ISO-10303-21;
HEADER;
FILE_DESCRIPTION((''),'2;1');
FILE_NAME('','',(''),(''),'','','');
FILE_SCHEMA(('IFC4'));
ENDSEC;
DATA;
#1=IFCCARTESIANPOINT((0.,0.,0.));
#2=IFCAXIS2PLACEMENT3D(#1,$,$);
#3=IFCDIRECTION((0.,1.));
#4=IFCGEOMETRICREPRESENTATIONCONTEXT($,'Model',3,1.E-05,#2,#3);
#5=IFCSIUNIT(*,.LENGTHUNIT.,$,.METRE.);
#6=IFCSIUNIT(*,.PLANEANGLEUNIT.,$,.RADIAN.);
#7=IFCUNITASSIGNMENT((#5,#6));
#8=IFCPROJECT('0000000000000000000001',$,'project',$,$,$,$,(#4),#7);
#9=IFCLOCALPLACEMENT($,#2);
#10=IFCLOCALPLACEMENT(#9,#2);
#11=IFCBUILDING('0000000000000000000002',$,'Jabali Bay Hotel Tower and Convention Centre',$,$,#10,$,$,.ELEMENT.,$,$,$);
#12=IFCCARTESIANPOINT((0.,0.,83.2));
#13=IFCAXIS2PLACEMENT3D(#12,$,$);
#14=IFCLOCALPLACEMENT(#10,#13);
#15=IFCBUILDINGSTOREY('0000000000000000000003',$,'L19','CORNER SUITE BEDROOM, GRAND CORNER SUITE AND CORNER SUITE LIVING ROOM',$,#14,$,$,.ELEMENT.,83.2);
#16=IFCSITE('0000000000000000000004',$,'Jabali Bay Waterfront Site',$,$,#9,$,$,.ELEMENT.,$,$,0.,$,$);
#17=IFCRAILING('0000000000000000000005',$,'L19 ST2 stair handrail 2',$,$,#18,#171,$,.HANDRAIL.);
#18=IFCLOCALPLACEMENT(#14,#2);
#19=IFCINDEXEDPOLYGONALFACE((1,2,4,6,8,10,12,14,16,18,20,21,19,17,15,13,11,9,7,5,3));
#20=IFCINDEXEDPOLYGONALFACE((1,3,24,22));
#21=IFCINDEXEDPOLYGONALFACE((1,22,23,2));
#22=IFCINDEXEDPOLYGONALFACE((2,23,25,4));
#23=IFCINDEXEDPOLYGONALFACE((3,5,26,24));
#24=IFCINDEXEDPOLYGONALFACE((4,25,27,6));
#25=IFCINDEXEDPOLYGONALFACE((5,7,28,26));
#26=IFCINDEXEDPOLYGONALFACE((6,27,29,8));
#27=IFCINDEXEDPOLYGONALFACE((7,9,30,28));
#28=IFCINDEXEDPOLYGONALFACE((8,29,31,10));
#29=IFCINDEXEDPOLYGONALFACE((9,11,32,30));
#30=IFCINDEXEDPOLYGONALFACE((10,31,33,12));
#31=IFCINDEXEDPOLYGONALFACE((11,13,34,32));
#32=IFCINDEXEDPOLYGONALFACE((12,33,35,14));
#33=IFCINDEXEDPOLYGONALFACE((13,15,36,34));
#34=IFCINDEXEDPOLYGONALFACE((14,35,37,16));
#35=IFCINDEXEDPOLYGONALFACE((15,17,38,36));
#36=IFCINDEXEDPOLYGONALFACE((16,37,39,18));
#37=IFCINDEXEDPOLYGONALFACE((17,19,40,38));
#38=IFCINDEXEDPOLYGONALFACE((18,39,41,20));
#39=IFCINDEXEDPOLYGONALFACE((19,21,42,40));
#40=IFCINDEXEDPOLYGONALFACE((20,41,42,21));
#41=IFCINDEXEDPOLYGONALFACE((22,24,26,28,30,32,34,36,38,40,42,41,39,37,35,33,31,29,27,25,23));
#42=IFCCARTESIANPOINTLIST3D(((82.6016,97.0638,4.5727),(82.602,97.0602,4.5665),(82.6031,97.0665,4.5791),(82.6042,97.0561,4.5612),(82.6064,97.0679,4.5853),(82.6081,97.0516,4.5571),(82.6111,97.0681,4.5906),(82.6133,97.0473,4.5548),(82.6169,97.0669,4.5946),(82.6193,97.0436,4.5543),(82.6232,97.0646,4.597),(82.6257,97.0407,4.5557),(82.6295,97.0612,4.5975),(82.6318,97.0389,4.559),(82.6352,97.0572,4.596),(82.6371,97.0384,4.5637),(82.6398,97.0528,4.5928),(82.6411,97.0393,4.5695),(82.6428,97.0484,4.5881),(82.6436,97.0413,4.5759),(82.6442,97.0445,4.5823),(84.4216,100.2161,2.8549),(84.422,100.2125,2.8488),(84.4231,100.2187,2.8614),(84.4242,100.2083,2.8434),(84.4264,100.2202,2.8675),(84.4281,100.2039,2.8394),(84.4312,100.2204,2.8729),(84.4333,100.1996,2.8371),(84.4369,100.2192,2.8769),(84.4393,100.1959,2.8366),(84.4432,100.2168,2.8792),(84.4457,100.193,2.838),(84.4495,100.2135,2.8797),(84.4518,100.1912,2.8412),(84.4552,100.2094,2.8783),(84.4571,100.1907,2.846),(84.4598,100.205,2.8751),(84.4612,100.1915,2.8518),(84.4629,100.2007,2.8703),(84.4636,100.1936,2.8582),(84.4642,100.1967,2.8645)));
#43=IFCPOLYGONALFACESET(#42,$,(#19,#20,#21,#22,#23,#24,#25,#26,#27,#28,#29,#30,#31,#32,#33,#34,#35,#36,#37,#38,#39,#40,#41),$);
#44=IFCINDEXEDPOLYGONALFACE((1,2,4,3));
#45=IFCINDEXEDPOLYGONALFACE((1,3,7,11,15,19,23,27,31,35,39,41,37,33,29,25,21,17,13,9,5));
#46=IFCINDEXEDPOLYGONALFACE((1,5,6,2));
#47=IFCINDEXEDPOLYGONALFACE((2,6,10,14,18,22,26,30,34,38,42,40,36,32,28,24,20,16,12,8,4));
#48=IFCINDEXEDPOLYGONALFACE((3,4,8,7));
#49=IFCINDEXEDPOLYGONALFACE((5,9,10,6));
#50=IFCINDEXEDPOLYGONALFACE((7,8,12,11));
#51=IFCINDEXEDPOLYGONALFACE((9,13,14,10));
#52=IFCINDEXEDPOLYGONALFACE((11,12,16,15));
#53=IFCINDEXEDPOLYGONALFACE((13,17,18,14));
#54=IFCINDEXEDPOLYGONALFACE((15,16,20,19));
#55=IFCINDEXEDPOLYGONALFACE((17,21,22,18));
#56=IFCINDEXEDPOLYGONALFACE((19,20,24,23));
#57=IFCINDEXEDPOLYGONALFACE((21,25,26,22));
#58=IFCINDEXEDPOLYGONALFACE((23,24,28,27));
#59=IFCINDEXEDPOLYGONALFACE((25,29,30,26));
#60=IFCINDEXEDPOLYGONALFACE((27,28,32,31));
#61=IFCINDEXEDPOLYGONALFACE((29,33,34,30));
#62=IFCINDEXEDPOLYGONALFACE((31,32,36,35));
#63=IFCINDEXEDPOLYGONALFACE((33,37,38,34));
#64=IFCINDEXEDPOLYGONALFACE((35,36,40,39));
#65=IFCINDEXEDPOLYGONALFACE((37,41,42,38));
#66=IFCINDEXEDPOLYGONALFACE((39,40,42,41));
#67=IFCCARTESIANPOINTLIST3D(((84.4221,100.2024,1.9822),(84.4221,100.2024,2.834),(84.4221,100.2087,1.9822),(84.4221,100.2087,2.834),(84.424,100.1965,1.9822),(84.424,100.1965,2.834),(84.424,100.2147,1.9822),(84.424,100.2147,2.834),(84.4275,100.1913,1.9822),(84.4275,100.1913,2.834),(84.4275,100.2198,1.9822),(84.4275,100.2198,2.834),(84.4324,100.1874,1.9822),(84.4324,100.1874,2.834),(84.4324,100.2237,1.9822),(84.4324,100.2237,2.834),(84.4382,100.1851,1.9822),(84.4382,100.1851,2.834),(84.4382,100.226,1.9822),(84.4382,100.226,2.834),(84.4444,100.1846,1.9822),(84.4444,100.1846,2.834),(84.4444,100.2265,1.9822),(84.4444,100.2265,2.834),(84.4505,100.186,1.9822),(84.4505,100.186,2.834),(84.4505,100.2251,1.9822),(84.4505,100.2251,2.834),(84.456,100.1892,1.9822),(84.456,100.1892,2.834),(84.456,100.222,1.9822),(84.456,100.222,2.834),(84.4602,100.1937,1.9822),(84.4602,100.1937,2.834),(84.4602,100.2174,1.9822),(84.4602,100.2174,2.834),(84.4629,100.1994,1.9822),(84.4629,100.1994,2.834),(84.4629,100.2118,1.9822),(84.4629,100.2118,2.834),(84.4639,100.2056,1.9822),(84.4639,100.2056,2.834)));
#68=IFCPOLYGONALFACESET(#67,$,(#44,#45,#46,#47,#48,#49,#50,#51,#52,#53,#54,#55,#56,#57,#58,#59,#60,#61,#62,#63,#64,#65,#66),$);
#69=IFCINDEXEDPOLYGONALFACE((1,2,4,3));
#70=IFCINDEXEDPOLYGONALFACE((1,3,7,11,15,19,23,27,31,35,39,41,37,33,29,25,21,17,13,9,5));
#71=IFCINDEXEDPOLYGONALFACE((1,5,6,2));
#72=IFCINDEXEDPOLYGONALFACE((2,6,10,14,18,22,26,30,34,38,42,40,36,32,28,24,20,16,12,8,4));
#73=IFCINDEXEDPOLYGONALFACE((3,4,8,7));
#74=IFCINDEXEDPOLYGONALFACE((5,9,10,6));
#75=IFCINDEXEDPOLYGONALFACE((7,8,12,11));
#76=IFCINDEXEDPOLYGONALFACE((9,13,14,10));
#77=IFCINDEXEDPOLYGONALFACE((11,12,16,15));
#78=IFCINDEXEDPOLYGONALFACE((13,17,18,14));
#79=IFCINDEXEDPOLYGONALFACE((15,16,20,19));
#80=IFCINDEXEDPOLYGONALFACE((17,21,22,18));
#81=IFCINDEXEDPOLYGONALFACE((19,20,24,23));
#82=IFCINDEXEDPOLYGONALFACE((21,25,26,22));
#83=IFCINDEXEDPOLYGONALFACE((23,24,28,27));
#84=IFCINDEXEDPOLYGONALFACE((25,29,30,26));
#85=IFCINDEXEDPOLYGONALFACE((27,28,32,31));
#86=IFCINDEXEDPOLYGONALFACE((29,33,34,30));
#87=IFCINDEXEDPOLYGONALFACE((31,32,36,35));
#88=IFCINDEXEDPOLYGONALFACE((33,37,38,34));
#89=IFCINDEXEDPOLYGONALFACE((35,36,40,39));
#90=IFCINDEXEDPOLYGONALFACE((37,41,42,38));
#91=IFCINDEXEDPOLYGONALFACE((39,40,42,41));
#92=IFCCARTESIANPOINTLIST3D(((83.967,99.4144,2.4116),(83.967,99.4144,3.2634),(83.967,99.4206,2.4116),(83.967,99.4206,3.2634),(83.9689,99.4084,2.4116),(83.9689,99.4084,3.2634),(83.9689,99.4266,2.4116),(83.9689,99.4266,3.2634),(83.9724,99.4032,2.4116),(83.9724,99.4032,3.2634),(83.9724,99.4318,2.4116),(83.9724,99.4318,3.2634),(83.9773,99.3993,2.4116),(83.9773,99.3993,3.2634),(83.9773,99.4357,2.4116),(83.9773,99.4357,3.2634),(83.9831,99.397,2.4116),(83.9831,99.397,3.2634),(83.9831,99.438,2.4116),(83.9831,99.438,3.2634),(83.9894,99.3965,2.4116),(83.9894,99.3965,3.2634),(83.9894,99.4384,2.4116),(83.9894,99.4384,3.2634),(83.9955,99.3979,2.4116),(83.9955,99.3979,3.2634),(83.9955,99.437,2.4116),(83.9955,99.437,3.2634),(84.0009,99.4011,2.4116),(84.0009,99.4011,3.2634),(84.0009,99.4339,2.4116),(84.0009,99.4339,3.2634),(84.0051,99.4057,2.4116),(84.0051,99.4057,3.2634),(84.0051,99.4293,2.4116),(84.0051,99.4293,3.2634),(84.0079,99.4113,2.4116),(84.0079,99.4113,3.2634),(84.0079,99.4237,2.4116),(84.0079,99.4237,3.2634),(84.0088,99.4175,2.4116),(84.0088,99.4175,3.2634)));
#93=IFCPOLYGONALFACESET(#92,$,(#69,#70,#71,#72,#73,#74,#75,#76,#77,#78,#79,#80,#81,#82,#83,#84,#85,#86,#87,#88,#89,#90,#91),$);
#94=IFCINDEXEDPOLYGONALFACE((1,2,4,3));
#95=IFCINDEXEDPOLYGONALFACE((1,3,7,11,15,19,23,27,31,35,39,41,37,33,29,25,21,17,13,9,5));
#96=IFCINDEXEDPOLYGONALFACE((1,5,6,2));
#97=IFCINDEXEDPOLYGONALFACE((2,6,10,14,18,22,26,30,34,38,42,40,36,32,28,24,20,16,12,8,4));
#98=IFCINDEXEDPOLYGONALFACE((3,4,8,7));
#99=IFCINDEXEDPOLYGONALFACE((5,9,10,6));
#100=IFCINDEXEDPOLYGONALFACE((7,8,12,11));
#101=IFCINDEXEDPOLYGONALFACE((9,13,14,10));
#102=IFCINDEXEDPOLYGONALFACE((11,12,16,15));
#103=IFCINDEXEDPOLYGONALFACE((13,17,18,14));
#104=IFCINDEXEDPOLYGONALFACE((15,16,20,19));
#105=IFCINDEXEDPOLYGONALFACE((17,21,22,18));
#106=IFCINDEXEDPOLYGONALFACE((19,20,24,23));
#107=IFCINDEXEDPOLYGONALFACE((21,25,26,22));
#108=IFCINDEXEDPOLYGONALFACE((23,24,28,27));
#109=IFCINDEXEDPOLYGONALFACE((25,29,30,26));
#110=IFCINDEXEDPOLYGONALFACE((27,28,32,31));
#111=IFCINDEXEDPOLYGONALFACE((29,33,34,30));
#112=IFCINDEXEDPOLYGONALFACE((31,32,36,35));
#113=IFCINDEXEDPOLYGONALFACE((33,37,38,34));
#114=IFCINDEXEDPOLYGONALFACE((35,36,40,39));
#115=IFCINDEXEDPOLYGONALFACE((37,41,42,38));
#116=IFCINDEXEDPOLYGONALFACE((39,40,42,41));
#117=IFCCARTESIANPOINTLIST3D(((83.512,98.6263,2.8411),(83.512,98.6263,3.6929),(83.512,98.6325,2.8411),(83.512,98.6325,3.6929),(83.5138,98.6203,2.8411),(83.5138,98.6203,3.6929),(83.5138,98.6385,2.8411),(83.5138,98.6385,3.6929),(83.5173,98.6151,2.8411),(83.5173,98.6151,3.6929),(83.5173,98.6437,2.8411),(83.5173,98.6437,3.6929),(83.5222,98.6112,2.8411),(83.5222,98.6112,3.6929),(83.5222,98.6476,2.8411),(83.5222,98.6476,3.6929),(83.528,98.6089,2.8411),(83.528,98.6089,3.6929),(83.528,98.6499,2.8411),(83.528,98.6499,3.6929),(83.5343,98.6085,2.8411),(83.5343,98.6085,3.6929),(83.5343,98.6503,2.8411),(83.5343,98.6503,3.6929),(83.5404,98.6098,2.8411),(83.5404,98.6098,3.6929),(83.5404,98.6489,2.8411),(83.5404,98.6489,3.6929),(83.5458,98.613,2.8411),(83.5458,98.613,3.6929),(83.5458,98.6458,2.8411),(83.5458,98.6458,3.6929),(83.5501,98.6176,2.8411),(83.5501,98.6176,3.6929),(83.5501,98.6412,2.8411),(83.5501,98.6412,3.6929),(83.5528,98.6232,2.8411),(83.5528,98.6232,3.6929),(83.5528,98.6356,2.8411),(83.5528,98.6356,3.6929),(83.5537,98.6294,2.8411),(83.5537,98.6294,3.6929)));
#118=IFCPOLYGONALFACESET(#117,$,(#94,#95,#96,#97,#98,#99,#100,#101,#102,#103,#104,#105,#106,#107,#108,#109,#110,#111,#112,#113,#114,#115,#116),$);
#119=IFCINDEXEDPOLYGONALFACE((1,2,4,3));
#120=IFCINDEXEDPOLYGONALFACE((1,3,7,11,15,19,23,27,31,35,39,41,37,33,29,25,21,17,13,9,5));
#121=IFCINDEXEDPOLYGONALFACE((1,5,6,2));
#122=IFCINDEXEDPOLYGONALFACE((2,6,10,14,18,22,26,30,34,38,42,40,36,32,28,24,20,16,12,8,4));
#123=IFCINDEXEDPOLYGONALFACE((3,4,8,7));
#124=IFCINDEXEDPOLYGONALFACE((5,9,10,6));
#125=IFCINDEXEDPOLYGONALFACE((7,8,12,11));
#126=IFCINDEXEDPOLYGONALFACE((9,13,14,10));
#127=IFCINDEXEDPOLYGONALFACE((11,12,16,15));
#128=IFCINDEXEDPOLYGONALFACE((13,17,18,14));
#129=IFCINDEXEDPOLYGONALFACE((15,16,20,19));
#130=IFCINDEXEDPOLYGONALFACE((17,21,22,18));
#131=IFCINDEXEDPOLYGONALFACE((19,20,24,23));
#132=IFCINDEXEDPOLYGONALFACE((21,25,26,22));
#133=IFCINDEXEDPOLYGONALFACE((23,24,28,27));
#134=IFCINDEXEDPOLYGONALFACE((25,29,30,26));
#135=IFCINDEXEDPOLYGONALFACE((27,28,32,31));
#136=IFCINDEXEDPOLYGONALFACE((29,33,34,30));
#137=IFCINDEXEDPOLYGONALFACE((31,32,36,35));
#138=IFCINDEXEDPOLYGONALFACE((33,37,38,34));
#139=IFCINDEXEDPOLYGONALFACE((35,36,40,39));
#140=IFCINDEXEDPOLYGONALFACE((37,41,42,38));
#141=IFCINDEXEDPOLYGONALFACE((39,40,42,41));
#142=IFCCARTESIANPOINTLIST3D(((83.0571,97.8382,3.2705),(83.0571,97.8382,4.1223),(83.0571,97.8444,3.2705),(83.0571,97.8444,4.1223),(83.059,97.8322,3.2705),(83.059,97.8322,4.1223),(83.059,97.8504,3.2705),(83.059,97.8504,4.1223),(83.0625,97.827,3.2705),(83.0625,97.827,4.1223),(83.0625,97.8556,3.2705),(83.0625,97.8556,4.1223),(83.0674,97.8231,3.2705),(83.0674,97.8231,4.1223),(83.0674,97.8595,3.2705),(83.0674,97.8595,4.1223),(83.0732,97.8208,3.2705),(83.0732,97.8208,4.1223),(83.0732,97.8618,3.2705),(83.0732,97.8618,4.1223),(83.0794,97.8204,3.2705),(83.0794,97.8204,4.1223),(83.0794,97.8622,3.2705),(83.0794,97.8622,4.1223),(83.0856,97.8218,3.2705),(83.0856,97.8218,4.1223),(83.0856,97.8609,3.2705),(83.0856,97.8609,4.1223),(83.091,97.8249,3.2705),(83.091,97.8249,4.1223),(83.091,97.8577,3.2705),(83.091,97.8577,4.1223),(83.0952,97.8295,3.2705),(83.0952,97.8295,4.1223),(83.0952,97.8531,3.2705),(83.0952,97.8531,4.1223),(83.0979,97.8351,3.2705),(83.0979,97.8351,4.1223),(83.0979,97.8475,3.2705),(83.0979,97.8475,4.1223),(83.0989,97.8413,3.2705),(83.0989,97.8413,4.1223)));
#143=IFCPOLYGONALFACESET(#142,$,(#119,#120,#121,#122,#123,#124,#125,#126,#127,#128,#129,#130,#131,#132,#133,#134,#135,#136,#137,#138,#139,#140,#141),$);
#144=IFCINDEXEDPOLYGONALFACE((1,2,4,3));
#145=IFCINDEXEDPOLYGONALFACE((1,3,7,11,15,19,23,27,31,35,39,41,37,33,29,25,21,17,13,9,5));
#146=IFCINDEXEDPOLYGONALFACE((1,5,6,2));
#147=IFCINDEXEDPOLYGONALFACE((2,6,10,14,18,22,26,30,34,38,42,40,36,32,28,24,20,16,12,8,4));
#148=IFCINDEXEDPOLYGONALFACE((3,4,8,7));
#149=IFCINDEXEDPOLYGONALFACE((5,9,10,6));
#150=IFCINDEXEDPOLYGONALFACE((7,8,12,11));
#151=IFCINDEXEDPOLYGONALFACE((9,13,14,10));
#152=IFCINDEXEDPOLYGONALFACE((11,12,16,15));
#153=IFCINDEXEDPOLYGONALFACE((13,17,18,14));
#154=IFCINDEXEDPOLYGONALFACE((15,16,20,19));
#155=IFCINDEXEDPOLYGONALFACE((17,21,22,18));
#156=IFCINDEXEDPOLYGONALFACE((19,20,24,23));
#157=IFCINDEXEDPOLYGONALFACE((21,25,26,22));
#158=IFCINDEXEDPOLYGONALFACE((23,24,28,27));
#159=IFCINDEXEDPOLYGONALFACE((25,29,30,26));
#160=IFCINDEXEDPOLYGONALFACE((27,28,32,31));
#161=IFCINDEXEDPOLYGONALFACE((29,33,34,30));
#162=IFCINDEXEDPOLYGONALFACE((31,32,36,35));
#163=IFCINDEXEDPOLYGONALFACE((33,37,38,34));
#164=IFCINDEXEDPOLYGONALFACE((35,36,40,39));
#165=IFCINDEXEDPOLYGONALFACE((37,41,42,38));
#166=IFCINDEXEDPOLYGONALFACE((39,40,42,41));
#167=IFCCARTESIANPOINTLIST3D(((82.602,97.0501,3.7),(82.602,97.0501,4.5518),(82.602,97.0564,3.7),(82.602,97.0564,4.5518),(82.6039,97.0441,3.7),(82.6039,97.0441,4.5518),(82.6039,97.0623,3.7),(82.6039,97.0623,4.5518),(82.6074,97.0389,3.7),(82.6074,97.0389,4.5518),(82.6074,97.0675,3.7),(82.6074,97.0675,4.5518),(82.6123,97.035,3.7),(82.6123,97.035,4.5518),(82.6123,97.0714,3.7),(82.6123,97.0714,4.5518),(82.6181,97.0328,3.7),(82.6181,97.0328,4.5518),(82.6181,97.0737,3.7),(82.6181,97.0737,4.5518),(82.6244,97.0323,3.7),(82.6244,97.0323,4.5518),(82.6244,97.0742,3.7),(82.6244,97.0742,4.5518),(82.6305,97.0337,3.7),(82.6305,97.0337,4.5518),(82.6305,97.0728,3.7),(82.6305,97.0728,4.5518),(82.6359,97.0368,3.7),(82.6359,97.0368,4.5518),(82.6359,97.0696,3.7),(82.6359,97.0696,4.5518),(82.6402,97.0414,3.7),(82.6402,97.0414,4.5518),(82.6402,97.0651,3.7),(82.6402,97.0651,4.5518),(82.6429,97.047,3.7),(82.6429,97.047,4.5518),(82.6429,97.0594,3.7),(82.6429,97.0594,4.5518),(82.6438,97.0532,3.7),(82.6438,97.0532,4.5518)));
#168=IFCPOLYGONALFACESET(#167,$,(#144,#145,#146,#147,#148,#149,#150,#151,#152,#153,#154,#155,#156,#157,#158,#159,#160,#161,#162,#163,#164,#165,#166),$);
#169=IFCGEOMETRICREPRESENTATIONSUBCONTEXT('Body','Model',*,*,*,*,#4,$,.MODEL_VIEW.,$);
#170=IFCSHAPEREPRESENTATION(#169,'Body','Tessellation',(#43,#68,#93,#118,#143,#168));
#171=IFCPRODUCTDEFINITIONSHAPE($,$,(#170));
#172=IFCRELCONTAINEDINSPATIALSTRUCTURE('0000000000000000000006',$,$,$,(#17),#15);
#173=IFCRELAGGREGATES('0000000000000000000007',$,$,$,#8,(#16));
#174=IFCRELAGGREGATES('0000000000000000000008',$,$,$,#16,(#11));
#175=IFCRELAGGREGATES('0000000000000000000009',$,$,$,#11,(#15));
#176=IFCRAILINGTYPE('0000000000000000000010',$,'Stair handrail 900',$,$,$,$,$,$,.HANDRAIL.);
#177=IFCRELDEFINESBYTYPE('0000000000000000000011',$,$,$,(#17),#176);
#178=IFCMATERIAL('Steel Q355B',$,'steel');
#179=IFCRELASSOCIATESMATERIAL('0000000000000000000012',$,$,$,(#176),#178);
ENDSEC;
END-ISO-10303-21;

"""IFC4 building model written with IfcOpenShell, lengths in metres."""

from ifc_helpers import new_model, si_unit, direction, frame, origin, origin_2d, place, context, subcontext, project, spatial, circle, extrude, material, type_object, element, save


model = new_model("IFC4")

# Units and contexts
model_context = context("Model", 3, precision=1e-05, world=origin(), true_north=direction((0.0, 1.0)))
body_context = subcontext(model_context, "Body", "Model", "MODEL_VIEW")
ifc_project = project(units=[si_unit("LENGTHUNIT", "METRE"), si_unit("PLANEANGLEUNIT", "RADIAN")], contexts=[model_context])

# Site, building, storey
site_placement = place(None, origin())
site = spatial("IfcSite", under=ifc_project, at=site_placement, Name="Jabali Bay Waterfront Site", CompositionType="ELEMENT", RefElevation=0.0)
building_placement = place(site_placement, origin())
building = spatial("IfcBuilding", under=site, at=building_placement, Name="Jabali Bay Hotel Tower and Convention Centre", CompositionType="ELEMENT")
storey_placement = place(building_placement, frame((0.0, 0.0, 83.2)))
storey = spatial("IfcBuildingStorey", under=building, at=storey_placement, Name="L19", Description="CORNER SUITE BEDROOM, GRAND CORNER SUITE AND CORNER SUITE LIVING ROOM", CompositionType="ELEMENT", Elevation=83.2)

# Railing
ifc_material_1 = material(Name="Steel Q355B", Category="steel")
railing_type_1 = type_object("IfcRailingType", Name="Stair handrail 900", PredefinedType="HANDRAIL", material=ifc_material_1)
railing_1_placement = place(storey_placement, frame((84.4429, 100.2056, 1.9822)))
element("IfcRailing", 1, at=railing_1_placement, inside=storey, type_object=railing_type_1, Name="L19 ST2 stair handrail 2", PredefinedType="HANDRAIL", context=body_context, shape_type="SweptSolid", body=[
    extrude(circle(Radius=0.0239, at=origin_2d()), frame((0.0, 0.0, 0.876), z_axis=(-0.45219, -0.78319, 0.426775), x_axis=(0.866018, -0.500013, 0.0)), (0.0, 0.0, 1.0), 4.0249),
    extrude(circle(Radius=0.021, at=origin_2d()), origin(), (0.0, 0.0, 1.0), 0.8518),
    extrude(circle(Radius=0.021, at=origin_2d()), frame((-0.4551, -0.7881, 0.4294)), (0.0, 0.0, 1.0), 0.8518),
    extrude(circle(Radius=0.021, at=origin_2d()), frame((-0.9102, -1.5762, 0.8589)), (0.0, 0.0, 1.0), 0.8518),
    extrude(circle(Radius=0.021, at=origin_2d()), frame((-1.365, -2.3643, 1.2883)), (0.0, 0.0, 1.0), 0.8518),
    extrude(circle(Radius=0.021, at=origin_2d()), frame((-1.8201, -3.1523, 1.7178)), (0.0, 0.0, 1.0), 0.8518),
])

save(model, "model.ifc")
